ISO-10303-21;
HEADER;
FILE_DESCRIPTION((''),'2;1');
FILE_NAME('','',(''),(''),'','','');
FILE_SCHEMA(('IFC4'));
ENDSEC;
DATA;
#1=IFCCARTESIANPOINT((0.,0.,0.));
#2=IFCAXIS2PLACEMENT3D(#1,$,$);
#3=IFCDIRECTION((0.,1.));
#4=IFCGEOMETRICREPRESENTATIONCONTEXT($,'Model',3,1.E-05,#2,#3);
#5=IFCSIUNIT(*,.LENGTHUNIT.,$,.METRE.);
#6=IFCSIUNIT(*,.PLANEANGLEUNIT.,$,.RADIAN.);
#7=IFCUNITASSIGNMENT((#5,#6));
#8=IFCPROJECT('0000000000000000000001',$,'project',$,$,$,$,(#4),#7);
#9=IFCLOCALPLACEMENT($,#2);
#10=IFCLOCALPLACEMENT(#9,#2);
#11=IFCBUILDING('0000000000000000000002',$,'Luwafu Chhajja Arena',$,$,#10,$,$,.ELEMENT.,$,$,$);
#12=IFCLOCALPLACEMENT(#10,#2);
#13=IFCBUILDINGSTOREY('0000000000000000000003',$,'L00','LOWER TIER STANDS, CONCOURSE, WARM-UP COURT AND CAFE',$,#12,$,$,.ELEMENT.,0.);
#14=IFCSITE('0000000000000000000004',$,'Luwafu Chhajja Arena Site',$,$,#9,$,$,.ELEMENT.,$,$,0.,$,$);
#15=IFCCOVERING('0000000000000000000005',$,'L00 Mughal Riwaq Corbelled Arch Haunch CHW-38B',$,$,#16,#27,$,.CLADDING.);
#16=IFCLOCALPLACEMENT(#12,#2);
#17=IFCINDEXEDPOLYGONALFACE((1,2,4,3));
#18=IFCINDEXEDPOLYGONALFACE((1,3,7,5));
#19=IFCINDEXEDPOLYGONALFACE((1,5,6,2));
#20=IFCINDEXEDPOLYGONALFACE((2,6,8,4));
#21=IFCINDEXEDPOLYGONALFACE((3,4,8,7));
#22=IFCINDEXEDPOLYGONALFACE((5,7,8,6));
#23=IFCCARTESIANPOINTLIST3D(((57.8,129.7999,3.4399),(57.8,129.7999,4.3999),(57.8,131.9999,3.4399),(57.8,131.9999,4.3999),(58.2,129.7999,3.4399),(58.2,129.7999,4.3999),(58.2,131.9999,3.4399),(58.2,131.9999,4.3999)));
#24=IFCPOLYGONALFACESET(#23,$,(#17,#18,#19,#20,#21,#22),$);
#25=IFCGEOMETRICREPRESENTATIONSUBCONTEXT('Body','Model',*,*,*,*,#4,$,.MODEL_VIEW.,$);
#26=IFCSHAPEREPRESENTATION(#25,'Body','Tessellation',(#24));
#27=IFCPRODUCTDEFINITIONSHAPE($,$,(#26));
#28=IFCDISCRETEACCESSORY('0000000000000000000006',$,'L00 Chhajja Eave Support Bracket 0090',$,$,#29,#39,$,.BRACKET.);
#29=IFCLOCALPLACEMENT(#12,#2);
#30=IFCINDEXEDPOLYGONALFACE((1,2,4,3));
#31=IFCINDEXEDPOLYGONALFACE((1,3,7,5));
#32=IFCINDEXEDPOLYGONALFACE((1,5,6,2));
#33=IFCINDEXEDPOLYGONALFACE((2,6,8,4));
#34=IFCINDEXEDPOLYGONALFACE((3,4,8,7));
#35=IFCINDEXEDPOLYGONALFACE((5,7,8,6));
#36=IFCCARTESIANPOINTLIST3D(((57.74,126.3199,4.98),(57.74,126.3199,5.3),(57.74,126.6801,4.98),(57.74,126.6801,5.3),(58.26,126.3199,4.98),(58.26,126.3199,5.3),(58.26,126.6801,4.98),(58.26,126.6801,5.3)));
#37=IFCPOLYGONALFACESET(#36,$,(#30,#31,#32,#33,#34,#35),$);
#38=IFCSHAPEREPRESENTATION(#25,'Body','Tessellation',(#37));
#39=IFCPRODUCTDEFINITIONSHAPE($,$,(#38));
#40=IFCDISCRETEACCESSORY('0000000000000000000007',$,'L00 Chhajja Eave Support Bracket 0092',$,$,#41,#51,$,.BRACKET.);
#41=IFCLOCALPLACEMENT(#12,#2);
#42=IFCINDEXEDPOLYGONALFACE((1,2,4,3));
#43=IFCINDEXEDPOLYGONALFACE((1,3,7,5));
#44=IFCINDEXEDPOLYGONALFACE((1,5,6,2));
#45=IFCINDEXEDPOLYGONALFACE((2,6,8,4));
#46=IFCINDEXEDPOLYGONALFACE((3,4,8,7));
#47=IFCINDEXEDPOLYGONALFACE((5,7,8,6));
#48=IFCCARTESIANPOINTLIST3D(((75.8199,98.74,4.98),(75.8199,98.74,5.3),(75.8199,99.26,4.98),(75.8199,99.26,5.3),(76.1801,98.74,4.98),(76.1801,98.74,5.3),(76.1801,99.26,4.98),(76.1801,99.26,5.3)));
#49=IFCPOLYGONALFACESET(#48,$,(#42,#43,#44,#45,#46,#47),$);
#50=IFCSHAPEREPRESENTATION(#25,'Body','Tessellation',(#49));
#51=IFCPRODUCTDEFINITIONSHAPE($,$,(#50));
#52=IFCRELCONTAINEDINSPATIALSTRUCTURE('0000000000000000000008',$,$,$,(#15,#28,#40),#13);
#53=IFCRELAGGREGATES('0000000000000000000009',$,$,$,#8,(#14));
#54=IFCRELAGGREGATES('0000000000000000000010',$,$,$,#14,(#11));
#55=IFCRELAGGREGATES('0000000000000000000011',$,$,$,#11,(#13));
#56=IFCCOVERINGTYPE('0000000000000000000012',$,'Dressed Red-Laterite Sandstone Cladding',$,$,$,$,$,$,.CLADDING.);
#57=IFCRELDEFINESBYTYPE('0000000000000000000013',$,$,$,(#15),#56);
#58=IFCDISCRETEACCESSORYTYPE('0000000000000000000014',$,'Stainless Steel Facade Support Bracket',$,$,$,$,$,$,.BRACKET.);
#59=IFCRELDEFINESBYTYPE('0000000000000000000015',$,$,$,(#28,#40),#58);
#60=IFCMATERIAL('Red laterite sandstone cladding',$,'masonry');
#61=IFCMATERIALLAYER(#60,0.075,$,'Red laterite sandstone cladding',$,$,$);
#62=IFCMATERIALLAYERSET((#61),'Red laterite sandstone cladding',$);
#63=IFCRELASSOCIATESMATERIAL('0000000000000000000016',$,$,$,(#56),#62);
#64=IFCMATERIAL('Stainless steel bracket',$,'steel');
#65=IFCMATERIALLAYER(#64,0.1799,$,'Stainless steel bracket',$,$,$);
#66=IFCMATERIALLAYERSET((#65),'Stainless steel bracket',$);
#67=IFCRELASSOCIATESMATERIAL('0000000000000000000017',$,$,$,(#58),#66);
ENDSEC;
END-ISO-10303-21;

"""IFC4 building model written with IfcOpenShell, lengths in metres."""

from ifc_helpers import new_model, si_unit, direction, frame, origin, origin_2d, place, context, subcontext, project, spatial, rectangle, extrude, material, layer, layer_set, type_object, element, save


model = new_model("IFC4")

# Units and contexts
model_context = context("Model", 3, precision=1e-05, world=origin(), true_north=direction((0.0, 1.0)))
body_context = subcontext(model_context, "Body", "Model", "MODEL_VIEW")
ifc_project = project(units=[si_unit("LENGTHUNIT", "METRE"), si_unit("PLANEANGLEUNIT", "RADIAN")], contexts=[model_context])

# Site, building, storey
site_placement = place(None, origin())
site = spatial("IfcSite", under=ifc_project, at=site_placement, Name="Luwafu Chhajja Arena Site", CompositionType="ELEMENT", RefElevation=0.0)
building_placement = place(site_placement, origin())
building = spatial("IfcBuilding", under=site, at=building_placement, Name="Luwafu Chhajja Arena", CompositionType="ELEMENT")
storey_placement = place(building_placement, origin())
storey = spatial("IfcBuildingStorey", under=building, at=storey_placement, Name="L00", Description="LOWER TIER STANDS, CONCOURSE, WARM-UP COURT AND CAFE", CompositionType="ELEMENT", Elevation=0.0)

# Covering
ifc_material_1 = material(Name="Red laterite sandstone cladding", Category="masonry")
ifc_layer_1 = layer(ifc_material_1, 0.075, Name="Red laterite sandstone cladding")
ifc_layer_set_1 = layer_set([ifc_layer_1], Name="Red laterite sandstone cladding")
covering_type = type_object("IfcCoveringType", Name="Dressed Red-Laterite Sandstone Cladding", PredefinedType="CLADDING", material=ifc_layer_set_1)
for number, where, z_axis, x_axis, name in (
    (1, (58.0, 130.8999, 3.4399), (0.0, 0.0, 1.0), (0.0, 1.0, 0.0), "L00 Mughal Riwaq Corbelled Arch Haunch CHW-38B"),
):
    element("IfcCovering", number, at=place(storey_placement, frame(where, z_axis=z_axis, x_axis=x_axis)), inside=storey, type_object=covering_type, Name=name, PredefinedType="CLADDING", context=body_context, shape_type="SweptSolid", body=[
        extrude(rectangle(XDim=2.2, YDim=0.3999, at=origin_2d()), origin(), (0.0, 0.0, 1.0), 0.96),
    ])

# Discrete accessories
ifc_material_2 = material(Name="Stainless steel bracket", Category="steel")
ifc_layer_2 = layer(ifc_material_2, 0.1799, Name="Stainless steel bracket")
ifc_layer_set_2 = layer_set([ifc_layer_2], Name="Stainless steel bracket")
discrete_accessory_type = type_object("IfcDiscreteAccessoryType", Name="Stainless Steel Facade Support Bracket", PredefinedType="BRACKET", material=ifc_layer_set_2)
for number, where, z_axis, x_axis, name in (
    (2, (58.0, 126.5, 4.98), (0.0, 0.0, 1.0), (0.0, 1.0, 0.0), "L00 Chhajja Eave Support Bracket 0090"),
    (3, (76.0, 99.0, 4.98), (0.0, 0.0, 1.0), (1.0, 0.0, 0.0), "L00 Chhajja Eave Support Bracket 0092"),
):
    element("IfcDiscreteAccessory", number, at=place(storey_placement, frame(where, z_axis=z_axis, x_axis=x_axis)), inside=storey, type_object=discrete_accessory_type, Name=name, PredefinedType="BRACKET", context=body_context, shape_type="SweptSolid", body=[
        extrude(rectangle(XDim=0.3601, YDim=0.52, at=origin_2d()), origin(), (0.0, 0.0, 1.0), 0.3201),
    ])

save(model, "model.ifc")
